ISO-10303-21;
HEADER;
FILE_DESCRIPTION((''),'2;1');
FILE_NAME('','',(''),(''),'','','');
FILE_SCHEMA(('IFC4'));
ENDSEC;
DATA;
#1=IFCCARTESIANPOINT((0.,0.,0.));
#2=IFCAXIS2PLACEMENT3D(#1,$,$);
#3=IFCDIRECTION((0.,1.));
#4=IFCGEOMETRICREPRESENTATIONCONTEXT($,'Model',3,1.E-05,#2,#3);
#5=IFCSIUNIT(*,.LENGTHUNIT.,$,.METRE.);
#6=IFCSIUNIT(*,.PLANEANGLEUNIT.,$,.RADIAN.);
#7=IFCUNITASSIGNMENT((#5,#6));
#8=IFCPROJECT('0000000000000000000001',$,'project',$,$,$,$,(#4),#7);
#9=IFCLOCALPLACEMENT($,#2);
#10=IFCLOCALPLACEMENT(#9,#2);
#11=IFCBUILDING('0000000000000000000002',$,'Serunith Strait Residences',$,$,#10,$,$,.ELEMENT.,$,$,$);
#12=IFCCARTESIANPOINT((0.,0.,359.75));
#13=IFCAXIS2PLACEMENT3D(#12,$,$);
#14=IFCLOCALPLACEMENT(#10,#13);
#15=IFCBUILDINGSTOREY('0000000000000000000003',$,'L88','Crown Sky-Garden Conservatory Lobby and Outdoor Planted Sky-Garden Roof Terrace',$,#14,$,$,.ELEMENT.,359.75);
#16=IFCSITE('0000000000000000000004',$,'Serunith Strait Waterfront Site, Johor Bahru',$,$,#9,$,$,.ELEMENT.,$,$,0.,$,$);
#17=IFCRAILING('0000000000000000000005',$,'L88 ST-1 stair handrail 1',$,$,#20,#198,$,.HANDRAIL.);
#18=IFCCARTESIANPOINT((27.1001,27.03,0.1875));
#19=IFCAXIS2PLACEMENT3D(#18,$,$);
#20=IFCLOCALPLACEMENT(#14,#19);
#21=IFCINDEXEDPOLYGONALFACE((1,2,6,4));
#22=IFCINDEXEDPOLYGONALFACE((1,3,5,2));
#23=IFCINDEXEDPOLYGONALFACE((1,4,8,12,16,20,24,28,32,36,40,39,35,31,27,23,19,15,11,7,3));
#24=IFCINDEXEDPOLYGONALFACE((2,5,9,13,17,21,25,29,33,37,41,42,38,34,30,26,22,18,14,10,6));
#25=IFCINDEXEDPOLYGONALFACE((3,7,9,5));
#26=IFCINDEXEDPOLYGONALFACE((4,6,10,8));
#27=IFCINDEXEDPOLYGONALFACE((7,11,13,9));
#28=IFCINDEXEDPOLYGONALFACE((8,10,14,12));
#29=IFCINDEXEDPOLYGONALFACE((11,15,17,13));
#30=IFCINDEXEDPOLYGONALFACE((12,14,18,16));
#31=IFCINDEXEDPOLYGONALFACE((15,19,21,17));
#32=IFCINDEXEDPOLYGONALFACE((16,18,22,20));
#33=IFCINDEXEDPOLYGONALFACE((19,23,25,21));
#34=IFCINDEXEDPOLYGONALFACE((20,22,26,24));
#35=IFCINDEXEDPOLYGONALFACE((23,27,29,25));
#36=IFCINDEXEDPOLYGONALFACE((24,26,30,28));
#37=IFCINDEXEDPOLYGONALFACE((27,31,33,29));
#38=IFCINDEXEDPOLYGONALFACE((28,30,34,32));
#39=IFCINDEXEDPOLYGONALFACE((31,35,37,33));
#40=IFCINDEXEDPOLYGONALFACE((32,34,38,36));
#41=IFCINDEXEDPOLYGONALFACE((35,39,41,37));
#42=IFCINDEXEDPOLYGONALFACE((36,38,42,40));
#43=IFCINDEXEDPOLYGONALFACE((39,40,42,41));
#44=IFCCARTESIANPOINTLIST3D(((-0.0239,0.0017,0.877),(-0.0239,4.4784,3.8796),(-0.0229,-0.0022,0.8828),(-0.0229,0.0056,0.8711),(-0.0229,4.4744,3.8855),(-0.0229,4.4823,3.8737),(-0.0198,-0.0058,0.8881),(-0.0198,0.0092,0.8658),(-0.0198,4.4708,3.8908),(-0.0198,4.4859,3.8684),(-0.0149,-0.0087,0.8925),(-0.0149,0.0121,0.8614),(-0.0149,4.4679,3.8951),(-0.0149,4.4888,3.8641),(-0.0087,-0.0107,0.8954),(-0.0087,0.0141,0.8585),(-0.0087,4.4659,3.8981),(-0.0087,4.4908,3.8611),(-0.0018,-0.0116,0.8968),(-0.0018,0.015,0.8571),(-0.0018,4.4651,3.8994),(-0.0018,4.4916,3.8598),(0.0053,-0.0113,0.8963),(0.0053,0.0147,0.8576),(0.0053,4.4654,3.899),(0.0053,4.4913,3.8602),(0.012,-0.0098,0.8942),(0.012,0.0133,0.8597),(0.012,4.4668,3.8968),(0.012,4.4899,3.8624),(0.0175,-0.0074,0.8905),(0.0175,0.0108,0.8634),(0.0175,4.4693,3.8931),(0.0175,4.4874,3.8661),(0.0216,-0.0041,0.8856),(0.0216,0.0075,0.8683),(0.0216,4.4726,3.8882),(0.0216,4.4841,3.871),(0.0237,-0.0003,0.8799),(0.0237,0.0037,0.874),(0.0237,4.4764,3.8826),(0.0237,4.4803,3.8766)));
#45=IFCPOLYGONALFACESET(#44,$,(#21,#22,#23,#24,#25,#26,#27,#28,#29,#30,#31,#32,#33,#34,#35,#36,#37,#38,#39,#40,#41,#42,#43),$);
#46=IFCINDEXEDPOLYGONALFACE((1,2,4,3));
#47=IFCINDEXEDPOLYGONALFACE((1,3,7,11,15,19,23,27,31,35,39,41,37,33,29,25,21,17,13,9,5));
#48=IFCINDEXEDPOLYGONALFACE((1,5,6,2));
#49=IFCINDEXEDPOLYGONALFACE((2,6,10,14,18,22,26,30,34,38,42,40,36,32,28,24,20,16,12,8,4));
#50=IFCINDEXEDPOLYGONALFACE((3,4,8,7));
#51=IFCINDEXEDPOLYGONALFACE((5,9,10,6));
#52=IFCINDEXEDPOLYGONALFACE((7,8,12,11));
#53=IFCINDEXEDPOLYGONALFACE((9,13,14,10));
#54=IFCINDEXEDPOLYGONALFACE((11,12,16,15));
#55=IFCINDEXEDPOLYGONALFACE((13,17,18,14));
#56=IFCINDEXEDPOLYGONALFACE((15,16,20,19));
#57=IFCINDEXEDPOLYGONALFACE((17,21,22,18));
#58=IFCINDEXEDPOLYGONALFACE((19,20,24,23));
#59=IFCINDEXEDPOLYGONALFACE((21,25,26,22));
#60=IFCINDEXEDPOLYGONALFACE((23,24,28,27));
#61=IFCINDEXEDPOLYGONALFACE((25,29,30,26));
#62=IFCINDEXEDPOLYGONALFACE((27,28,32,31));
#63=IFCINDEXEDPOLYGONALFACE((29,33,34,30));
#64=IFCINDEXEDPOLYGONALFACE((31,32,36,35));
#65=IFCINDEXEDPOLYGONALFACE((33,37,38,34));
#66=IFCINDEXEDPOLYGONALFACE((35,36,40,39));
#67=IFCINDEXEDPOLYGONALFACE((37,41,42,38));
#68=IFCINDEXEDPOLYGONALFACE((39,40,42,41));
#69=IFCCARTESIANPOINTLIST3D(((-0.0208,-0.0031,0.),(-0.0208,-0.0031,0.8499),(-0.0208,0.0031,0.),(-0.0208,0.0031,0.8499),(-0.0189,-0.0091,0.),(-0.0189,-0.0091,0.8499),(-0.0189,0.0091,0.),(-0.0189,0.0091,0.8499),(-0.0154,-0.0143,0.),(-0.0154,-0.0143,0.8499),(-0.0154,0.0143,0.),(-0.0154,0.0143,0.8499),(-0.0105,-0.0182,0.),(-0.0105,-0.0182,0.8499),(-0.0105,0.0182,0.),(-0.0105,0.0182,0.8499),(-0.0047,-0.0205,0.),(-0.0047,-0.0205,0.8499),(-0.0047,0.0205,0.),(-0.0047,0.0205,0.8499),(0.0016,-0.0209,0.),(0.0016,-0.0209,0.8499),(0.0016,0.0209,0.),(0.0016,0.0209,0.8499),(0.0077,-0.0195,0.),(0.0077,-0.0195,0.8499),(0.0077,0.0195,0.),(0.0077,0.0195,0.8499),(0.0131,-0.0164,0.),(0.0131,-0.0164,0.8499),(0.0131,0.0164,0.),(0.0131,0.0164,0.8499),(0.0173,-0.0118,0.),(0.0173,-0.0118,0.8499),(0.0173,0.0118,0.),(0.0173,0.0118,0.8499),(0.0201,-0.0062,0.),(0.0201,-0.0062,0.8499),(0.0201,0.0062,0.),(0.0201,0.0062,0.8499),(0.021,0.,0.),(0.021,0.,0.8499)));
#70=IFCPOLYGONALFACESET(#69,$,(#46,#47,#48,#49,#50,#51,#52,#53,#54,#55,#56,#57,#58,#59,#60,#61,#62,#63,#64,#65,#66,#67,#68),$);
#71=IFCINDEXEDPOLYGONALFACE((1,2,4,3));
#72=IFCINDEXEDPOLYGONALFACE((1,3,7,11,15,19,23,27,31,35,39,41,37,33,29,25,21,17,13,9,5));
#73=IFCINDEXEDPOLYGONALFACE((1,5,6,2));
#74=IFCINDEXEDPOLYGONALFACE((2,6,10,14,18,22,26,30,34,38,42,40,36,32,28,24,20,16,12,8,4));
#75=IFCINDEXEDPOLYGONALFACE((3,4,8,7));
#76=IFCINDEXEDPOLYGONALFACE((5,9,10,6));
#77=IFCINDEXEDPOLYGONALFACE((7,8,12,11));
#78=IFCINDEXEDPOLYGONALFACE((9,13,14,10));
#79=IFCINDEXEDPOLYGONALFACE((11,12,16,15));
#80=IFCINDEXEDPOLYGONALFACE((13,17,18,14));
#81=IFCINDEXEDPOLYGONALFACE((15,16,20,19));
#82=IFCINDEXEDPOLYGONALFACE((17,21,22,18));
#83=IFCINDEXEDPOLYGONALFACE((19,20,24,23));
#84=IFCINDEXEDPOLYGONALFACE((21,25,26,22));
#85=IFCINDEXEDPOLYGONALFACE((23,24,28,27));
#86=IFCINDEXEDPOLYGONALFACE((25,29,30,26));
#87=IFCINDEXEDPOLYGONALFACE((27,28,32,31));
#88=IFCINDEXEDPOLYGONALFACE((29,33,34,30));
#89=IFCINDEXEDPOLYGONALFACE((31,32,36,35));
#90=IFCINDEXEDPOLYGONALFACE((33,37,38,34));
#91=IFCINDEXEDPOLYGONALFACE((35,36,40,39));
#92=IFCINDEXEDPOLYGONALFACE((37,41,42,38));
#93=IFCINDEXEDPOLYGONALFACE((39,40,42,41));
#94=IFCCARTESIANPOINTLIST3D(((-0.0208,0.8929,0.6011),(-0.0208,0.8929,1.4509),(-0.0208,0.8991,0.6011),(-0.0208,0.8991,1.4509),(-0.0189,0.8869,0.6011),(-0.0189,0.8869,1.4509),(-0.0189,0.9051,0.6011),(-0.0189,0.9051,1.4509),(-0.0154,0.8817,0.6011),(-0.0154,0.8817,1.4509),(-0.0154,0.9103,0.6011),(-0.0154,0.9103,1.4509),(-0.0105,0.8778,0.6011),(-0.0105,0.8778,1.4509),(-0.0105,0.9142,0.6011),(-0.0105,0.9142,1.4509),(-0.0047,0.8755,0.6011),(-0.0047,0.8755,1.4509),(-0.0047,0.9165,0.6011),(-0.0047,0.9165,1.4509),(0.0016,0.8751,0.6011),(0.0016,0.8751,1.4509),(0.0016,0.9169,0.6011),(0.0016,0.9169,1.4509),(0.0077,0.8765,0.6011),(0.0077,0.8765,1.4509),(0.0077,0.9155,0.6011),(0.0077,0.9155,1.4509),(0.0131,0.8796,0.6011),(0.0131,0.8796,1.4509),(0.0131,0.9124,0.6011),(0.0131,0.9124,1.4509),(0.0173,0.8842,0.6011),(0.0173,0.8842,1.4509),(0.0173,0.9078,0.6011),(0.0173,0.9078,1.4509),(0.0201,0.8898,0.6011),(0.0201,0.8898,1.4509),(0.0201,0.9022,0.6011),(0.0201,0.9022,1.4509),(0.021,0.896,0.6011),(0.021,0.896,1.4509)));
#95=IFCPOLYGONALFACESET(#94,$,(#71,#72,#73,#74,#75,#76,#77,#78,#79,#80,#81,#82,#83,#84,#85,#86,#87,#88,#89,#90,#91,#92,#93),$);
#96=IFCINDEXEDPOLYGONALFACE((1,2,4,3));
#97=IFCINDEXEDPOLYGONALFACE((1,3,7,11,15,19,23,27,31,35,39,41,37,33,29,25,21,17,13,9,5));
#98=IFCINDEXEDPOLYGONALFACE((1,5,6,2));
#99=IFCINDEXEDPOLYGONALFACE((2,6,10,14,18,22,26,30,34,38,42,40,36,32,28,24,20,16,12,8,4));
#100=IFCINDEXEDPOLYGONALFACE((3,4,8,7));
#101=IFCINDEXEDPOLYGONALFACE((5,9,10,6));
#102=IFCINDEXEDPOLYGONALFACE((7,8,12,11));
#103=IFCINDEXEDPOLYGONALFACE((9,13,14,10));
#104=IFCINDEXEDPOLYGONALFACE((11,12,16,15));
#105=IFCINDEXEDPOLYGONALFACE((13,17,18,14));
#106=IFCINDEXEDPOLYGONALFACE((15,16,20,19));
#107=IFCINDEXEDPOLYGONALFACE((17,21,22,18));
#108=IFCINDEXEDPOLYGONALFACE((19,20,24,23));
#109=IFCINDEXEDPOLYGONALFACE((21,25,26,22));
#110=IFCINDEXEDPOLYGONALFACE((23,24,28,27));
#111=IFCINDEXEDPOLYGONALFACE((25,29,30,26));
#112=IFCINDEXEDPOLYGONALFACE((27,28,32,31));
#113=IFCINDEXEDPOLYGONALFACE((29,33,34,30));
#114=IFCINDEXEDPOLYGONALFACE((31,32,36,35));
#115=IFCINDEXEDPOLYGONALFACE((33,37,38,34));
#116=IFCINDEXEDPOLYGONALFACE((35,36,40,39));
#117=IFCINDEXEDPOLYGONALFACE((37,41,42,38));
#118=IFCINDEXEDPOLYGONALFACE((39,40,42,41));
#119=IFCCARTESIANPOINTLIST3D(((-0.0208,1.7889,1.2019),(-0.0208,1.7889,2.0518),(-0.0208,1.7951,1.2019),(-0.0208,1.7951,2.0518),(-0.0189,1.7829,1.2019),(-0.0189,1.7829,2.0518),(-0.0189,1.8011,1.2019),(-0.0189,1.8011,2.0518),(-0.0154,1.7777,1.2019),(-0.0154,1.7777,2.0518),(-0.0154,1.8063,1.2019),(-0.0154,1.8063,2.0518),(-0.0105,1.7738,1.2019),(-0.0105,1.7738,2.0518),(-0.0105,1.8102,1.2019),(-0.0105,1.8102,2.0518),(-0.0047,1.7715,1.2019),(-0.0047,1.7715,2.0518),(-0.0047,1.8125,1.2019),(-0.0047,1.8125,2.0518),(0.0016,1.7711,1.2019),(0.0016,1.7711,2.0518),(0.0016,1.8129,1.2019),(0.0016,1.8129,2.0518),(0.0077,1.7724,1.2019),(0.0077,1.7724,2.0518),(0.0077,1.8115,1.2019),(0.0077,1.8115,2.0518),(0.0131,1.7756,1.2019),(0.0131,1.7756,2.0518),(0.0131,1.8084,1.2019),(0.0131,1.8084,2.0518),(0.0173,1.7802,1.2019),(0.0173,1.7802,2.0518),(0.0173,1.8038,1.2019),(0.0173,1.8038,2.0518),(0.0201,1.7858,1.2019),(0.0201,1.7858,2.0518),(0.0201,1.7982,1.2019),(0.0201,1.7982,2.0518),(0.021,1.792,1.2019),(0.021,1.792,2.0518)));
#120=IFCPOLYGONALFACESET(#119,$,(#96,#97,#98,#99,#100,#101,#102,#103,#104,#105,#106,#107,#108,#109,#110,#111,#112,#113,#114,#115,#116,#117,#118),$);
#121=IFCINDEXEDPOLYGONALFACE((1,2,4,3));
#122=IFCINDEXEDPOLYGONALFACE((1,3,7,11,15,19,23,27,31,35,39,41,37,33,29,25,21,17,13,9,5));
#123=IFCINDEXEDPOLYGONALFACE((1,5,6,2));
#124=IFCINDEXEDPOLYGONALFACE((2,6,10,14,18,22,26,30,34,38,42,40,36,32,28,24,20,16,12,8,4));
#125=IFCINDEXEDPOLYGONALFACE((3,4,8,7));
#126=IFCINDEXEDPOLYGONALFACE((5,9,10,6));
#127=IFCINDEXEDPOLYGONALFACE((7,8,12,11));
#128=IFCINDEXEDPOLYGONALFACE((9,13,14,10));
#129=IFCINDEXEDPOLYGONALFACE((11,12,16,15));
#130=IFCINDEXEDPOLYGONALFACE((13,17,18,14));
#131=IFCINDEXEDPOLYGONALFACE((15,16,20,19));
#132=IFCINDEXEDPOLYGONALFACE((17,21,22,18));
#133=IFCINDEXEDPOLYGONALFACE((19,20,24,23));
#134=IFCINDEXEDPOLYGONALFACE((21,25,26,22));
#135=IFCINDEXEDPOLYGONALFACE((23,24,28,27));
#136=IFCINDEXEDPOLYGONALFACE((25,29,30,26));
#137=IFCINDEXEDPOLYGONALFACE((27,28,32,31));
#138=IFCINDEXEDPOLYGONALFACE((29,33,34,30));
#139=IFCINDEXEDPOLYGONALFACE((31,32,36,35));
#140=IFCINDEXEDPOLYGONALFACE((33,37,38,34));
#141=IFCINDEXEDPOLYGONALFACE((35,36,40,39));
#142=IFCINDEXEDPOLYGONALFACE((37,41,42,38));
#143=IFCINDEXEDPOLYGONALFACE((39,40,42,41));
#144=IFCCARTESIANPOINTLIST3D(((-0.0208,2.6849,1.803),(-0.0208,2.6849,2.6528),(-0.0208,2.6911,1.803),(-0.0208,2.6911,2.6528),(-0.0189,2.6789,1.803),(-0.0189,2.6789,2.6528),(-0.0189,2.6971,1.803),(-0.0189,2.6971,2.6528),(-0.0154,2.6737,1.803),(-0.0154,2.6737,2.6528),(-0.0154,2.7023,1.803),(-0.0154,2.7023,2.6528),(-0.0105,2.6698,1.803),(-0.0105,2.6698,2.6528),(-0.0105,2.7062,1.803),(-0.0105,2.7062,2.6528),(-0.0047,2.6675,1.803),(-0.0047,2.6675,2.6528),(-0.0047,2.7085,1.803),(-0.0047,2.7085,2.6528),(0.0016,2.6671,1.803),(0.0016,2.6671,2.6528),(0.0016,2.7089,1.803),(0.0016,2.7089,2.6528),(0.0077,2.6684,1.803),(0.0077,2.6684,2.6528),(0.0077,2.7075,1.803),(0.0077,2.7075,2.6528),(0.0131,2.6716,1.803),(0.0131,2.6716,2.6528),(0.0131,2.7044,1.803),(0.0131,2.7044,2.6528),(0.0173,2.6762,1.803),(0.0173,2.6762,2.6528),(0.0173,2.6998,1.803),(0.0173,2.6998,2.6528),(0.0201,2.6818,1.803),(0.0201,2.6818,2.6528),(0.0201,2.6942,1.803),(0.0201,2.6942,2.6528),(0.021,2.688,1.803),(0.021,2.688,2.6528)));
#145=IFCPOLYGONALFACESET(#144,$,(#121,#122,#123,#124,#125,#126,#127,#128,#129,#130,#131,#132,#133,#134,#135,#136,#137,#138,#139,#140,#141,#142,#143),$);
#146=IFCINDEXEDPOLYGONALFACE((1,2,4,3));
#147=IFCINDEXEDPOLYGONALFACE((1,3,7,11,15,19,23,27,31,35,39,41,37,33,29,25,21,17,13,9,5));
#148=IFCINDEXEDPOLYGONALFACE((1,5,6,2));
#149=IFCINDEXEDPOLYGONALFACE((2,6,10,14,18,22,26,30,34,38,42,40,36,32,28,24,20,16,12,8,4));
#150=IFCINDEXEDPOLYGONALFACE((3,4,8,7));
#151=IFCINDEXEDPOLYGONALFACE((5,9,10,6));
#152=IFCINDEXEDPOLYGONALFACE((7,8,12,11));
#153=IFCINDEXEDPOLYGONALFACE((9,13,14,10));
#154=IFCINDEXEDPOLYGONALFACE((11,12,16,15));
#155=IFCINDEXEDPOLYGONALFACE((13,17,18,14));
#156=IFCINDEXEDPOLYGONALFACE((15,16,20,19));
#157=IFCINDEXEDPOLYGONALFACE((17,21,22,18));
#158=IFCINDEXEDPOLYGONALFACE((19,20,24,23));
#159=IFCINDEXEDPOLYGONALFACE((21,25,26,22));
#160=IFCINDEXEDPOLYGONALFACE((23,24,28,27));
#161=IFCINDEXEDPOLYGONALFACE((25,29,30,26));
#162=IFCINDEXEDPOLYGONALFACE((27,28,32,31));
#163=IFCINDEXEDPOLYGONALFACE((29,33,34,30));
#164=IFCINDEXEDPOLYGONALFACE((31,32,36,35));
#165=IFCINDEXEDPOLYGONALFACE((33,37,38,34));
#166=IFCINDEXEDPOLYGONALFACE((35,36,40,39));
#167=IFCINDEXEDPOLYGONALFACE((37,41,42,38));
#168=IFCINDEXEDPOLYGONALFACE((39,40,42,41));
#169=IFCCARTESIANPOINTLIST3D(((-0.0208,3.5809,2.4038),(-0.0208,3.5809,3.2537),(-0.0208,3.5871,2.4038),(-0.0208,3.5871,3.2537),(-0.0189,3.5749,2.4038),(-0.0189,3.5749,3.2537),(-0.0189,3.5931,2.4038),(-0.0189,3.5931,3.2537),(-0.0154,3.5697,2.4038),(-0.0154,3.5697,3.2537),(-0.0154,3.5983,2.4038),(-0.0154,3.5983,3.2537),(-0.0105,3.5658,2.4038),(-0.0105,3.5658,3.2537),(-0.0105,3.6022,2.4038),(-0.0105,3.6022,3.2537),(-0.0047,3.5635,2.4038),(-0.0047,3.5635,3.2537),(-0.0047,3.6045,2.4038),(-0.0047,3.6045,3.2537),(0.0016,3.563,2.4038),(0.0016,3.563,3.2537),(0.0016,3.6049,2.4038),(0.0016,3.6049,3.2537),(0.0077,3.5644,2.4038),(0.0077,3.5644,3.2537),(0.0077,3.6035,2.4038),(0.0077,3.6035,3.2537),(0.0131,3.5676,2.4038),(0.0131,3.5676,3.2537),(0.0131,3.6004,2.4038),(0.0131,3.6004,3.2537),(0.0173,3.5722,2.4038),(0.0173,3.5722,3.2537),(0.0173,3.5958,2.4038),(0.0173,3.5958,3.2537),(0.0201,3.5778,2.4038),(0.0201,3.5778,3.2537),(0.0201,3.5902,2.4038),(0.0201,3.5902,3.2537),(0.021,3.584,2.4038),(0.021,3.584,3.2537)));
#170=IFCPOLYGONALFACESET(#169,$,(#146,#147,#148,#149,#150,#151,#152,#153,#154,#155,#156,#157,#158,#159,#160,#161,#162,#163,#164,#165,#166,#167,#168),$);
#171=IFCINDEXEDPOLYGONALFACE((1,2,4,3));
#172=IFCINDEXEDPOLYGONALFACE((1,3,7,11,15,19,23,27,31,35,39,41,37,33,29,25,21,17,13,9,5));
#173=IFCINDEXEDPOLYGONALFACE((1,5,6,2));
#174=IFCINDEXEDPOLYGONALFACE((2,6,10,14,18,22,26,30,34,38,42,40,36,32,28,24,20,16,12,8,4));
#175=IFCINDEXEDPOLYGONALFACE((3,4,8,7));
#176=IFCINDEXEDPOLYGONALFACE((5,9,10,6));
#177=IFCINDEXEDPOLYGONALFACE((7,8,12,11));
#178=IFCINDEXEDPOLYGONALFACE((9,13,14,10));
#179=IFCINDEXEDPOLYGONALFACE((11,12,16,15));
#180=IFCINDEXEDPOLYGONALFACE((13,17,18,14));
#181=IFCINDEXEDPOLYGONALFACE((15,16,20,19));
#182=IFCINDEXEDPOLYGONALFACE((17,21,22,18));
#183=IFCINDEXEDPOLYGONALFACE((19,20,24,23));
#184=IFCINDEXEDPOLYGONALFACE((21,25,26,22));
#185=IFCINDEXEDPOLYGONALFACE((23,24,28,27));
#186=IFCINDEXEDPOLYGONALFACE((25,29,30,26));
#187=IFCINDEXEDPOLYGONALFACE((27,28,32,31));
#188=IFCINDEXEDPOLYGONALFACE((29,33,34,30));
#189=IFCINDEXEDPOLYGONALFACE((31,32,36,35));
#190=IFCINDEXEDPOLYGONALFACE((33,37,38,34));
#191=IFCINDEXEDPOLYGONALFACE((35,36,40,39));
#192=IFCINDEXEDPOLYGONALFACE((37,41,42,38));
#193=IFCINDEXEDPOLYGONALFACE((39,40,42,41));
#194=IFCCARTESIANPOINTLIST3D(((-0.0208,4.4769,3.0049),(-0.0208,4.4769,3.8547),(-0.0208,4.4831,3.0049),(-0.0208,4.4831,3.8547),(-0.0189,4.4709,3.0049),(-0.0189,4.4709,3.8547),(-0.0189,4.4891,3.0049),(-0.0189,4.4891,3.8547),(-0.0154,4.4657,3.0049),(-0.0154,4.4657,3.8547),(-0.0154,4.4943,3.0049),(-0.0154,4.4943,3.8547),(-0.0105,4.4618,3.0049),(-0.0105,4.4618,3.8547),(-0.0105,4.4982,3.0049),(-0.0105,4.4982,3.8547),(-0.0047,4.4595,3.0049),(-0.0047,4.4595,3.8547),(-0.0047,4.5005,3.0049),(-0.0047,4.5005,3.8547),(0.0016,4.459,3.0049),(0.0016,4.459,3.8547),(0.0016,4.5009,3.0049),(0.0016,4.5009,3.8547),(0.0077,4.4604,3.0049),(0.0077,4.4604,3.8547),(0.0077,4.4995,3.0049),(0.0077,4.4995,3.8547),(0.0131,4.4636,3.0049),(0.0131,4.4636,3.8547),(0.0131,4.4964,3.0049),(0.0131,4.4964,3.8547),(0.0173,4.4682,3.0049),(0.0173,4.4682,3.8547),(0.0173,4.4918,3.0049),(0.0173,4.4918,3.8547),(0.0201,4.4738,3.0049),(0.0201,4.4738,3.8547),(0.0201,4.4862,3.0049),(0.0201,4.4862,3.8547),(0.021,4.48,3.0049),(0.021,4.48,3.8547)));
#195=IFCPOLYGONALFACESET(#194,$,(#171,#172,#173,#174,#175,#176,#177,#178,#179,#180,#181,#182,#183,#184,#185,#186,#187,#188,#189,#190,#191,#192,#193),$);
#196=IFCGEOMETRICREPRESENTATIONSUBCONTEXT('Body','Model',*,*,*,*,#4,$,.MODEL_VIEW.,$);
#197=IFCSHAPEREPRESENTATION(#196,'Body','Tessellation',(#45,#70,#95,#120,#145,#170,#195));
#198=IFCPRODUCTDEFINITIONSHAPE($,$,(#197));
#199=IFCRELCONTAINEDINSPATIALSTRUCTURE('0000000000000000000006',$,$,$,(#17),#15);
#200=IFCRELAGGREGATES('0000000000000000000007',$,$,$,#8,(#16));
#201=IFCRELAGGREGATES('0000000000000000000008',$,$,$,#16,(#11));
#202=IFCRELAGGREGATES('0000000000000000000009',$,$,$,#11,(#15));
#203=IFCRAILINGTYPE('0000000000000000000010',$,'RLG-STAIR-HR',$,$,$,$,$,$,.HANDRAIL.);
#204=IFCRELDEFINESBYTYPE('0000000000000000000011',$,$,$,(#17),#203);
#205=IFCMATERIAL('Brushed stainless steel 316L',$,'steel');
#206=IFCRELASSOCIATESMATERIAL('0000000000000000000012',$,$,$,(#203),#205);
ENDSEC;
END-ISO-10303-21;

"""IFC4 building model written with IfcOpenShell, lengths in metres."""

from ifc_helpers import new_model, si_unit, direction, frame, origin, origin_2d, place, context, subcontext, project, spatial, circle, extrude, material, type_object, element, save


model = new_model("IFC4")

# Units and contexts
model_context = context("Model", 3, precision=1e-05, world=origin(), true_north=direction((0.0, 1.0)))
body_context = subcontext(model_context, "Body", "Model", "MODEL_VIEW")
ifc_project = project(units=[si_unit("LENGTHUNIT", "METRE"), si_unit("PLANEANGLEUNIT", "RADIAN")], contexts=[model_context])

# Site, building, storey
site_placement = place(None, origin())
site = spatial("IfcSite", under=ifc_project, at=site_placement, Name="Serunith Strait Waterfront Site, Johor Bahru", CompositionType="ELEMENT", RefElevation=0.0)
building_placement = place(site_placement, origin())
building = spatial("IfcBuilding", under=site, at=building_placement, Name="Serunith Strait Residences", CompositionType="ELEMENT")
storey_placement = place(building_placement, frame((0.0, 0.0, 359.75)))
storey = spatial("IfcBuildingStorey", under=building, at=storey_placement, Name="L88", Description="Crown Sky-Garden Conservatory Lobby and Outdoor Planted Sky-Garden Roof Terrace", CompositionType="ELEMENT", Elevation=359.75)

# Railing
ifc_material_1 = material(Name="Brushed stainless steel 316L", Category="steel")
railing_type_1 = type_object("IfcRailingType", Name="RLG-STAIR-HR", PredefinedType="HANDRAIL", material=ifc_material_1)
railing_1_placement = place(storey_placement, frame((27.1001, 27.03, 0.1875)))
element("IfcRailing", 1, at=railing_1_placement, inside=storey, type_object=railing_type_1, Name="L88 ST-1 stair handrail 1", PredefinedType="HANDRAIL", context=body_context, shape_type="SweptSolid", body=[
    extrude(circle(Radius=0.0239, at=origin_2d()), frame((0.0, 0.0017, 0.877), z_axis=(0.0, 0.830487, 0.557038), x_axis=(-1.0, 0.0, 0.0)), (0.0, 0.0, 1.0), 5.3904),
    extrude(circle(Radius=0.021, at=origin_2d()), origin(), (0.0, 0.0, 1.0), 0.8499),
    extrude(circle(Radius=0.021, at=origin_2d()), frame((0.0, 0.896, 0.6011)), (0.0, 0.0, 1.0), 0.8499),
    extrude(circle(Radius=0.021, at=origin_2d()), frame((0.0, 1.792, 1.2019)), (0.0, 0.0, 1.0), 0.8499),
    extrude(circle(Radius=0.021, at=origin_2d()), frame((0.0, 2.688, 1.803)), (0.0, 0.0, 1.0), 0.8499),
    extrude(circle(Radius=0.021, at=origin_2d()), frame((0.0, 3.584, 2.4038)), (0.0, 0.0, 1.0), 0.8499),
    extrude(circle(Radius=0.021, at=origin_2d()), frame((0.0, 4.48, 3.0049)), (0.0, 0.0, 1.0), 0.8499),
])

save(model, "model.ifc")
